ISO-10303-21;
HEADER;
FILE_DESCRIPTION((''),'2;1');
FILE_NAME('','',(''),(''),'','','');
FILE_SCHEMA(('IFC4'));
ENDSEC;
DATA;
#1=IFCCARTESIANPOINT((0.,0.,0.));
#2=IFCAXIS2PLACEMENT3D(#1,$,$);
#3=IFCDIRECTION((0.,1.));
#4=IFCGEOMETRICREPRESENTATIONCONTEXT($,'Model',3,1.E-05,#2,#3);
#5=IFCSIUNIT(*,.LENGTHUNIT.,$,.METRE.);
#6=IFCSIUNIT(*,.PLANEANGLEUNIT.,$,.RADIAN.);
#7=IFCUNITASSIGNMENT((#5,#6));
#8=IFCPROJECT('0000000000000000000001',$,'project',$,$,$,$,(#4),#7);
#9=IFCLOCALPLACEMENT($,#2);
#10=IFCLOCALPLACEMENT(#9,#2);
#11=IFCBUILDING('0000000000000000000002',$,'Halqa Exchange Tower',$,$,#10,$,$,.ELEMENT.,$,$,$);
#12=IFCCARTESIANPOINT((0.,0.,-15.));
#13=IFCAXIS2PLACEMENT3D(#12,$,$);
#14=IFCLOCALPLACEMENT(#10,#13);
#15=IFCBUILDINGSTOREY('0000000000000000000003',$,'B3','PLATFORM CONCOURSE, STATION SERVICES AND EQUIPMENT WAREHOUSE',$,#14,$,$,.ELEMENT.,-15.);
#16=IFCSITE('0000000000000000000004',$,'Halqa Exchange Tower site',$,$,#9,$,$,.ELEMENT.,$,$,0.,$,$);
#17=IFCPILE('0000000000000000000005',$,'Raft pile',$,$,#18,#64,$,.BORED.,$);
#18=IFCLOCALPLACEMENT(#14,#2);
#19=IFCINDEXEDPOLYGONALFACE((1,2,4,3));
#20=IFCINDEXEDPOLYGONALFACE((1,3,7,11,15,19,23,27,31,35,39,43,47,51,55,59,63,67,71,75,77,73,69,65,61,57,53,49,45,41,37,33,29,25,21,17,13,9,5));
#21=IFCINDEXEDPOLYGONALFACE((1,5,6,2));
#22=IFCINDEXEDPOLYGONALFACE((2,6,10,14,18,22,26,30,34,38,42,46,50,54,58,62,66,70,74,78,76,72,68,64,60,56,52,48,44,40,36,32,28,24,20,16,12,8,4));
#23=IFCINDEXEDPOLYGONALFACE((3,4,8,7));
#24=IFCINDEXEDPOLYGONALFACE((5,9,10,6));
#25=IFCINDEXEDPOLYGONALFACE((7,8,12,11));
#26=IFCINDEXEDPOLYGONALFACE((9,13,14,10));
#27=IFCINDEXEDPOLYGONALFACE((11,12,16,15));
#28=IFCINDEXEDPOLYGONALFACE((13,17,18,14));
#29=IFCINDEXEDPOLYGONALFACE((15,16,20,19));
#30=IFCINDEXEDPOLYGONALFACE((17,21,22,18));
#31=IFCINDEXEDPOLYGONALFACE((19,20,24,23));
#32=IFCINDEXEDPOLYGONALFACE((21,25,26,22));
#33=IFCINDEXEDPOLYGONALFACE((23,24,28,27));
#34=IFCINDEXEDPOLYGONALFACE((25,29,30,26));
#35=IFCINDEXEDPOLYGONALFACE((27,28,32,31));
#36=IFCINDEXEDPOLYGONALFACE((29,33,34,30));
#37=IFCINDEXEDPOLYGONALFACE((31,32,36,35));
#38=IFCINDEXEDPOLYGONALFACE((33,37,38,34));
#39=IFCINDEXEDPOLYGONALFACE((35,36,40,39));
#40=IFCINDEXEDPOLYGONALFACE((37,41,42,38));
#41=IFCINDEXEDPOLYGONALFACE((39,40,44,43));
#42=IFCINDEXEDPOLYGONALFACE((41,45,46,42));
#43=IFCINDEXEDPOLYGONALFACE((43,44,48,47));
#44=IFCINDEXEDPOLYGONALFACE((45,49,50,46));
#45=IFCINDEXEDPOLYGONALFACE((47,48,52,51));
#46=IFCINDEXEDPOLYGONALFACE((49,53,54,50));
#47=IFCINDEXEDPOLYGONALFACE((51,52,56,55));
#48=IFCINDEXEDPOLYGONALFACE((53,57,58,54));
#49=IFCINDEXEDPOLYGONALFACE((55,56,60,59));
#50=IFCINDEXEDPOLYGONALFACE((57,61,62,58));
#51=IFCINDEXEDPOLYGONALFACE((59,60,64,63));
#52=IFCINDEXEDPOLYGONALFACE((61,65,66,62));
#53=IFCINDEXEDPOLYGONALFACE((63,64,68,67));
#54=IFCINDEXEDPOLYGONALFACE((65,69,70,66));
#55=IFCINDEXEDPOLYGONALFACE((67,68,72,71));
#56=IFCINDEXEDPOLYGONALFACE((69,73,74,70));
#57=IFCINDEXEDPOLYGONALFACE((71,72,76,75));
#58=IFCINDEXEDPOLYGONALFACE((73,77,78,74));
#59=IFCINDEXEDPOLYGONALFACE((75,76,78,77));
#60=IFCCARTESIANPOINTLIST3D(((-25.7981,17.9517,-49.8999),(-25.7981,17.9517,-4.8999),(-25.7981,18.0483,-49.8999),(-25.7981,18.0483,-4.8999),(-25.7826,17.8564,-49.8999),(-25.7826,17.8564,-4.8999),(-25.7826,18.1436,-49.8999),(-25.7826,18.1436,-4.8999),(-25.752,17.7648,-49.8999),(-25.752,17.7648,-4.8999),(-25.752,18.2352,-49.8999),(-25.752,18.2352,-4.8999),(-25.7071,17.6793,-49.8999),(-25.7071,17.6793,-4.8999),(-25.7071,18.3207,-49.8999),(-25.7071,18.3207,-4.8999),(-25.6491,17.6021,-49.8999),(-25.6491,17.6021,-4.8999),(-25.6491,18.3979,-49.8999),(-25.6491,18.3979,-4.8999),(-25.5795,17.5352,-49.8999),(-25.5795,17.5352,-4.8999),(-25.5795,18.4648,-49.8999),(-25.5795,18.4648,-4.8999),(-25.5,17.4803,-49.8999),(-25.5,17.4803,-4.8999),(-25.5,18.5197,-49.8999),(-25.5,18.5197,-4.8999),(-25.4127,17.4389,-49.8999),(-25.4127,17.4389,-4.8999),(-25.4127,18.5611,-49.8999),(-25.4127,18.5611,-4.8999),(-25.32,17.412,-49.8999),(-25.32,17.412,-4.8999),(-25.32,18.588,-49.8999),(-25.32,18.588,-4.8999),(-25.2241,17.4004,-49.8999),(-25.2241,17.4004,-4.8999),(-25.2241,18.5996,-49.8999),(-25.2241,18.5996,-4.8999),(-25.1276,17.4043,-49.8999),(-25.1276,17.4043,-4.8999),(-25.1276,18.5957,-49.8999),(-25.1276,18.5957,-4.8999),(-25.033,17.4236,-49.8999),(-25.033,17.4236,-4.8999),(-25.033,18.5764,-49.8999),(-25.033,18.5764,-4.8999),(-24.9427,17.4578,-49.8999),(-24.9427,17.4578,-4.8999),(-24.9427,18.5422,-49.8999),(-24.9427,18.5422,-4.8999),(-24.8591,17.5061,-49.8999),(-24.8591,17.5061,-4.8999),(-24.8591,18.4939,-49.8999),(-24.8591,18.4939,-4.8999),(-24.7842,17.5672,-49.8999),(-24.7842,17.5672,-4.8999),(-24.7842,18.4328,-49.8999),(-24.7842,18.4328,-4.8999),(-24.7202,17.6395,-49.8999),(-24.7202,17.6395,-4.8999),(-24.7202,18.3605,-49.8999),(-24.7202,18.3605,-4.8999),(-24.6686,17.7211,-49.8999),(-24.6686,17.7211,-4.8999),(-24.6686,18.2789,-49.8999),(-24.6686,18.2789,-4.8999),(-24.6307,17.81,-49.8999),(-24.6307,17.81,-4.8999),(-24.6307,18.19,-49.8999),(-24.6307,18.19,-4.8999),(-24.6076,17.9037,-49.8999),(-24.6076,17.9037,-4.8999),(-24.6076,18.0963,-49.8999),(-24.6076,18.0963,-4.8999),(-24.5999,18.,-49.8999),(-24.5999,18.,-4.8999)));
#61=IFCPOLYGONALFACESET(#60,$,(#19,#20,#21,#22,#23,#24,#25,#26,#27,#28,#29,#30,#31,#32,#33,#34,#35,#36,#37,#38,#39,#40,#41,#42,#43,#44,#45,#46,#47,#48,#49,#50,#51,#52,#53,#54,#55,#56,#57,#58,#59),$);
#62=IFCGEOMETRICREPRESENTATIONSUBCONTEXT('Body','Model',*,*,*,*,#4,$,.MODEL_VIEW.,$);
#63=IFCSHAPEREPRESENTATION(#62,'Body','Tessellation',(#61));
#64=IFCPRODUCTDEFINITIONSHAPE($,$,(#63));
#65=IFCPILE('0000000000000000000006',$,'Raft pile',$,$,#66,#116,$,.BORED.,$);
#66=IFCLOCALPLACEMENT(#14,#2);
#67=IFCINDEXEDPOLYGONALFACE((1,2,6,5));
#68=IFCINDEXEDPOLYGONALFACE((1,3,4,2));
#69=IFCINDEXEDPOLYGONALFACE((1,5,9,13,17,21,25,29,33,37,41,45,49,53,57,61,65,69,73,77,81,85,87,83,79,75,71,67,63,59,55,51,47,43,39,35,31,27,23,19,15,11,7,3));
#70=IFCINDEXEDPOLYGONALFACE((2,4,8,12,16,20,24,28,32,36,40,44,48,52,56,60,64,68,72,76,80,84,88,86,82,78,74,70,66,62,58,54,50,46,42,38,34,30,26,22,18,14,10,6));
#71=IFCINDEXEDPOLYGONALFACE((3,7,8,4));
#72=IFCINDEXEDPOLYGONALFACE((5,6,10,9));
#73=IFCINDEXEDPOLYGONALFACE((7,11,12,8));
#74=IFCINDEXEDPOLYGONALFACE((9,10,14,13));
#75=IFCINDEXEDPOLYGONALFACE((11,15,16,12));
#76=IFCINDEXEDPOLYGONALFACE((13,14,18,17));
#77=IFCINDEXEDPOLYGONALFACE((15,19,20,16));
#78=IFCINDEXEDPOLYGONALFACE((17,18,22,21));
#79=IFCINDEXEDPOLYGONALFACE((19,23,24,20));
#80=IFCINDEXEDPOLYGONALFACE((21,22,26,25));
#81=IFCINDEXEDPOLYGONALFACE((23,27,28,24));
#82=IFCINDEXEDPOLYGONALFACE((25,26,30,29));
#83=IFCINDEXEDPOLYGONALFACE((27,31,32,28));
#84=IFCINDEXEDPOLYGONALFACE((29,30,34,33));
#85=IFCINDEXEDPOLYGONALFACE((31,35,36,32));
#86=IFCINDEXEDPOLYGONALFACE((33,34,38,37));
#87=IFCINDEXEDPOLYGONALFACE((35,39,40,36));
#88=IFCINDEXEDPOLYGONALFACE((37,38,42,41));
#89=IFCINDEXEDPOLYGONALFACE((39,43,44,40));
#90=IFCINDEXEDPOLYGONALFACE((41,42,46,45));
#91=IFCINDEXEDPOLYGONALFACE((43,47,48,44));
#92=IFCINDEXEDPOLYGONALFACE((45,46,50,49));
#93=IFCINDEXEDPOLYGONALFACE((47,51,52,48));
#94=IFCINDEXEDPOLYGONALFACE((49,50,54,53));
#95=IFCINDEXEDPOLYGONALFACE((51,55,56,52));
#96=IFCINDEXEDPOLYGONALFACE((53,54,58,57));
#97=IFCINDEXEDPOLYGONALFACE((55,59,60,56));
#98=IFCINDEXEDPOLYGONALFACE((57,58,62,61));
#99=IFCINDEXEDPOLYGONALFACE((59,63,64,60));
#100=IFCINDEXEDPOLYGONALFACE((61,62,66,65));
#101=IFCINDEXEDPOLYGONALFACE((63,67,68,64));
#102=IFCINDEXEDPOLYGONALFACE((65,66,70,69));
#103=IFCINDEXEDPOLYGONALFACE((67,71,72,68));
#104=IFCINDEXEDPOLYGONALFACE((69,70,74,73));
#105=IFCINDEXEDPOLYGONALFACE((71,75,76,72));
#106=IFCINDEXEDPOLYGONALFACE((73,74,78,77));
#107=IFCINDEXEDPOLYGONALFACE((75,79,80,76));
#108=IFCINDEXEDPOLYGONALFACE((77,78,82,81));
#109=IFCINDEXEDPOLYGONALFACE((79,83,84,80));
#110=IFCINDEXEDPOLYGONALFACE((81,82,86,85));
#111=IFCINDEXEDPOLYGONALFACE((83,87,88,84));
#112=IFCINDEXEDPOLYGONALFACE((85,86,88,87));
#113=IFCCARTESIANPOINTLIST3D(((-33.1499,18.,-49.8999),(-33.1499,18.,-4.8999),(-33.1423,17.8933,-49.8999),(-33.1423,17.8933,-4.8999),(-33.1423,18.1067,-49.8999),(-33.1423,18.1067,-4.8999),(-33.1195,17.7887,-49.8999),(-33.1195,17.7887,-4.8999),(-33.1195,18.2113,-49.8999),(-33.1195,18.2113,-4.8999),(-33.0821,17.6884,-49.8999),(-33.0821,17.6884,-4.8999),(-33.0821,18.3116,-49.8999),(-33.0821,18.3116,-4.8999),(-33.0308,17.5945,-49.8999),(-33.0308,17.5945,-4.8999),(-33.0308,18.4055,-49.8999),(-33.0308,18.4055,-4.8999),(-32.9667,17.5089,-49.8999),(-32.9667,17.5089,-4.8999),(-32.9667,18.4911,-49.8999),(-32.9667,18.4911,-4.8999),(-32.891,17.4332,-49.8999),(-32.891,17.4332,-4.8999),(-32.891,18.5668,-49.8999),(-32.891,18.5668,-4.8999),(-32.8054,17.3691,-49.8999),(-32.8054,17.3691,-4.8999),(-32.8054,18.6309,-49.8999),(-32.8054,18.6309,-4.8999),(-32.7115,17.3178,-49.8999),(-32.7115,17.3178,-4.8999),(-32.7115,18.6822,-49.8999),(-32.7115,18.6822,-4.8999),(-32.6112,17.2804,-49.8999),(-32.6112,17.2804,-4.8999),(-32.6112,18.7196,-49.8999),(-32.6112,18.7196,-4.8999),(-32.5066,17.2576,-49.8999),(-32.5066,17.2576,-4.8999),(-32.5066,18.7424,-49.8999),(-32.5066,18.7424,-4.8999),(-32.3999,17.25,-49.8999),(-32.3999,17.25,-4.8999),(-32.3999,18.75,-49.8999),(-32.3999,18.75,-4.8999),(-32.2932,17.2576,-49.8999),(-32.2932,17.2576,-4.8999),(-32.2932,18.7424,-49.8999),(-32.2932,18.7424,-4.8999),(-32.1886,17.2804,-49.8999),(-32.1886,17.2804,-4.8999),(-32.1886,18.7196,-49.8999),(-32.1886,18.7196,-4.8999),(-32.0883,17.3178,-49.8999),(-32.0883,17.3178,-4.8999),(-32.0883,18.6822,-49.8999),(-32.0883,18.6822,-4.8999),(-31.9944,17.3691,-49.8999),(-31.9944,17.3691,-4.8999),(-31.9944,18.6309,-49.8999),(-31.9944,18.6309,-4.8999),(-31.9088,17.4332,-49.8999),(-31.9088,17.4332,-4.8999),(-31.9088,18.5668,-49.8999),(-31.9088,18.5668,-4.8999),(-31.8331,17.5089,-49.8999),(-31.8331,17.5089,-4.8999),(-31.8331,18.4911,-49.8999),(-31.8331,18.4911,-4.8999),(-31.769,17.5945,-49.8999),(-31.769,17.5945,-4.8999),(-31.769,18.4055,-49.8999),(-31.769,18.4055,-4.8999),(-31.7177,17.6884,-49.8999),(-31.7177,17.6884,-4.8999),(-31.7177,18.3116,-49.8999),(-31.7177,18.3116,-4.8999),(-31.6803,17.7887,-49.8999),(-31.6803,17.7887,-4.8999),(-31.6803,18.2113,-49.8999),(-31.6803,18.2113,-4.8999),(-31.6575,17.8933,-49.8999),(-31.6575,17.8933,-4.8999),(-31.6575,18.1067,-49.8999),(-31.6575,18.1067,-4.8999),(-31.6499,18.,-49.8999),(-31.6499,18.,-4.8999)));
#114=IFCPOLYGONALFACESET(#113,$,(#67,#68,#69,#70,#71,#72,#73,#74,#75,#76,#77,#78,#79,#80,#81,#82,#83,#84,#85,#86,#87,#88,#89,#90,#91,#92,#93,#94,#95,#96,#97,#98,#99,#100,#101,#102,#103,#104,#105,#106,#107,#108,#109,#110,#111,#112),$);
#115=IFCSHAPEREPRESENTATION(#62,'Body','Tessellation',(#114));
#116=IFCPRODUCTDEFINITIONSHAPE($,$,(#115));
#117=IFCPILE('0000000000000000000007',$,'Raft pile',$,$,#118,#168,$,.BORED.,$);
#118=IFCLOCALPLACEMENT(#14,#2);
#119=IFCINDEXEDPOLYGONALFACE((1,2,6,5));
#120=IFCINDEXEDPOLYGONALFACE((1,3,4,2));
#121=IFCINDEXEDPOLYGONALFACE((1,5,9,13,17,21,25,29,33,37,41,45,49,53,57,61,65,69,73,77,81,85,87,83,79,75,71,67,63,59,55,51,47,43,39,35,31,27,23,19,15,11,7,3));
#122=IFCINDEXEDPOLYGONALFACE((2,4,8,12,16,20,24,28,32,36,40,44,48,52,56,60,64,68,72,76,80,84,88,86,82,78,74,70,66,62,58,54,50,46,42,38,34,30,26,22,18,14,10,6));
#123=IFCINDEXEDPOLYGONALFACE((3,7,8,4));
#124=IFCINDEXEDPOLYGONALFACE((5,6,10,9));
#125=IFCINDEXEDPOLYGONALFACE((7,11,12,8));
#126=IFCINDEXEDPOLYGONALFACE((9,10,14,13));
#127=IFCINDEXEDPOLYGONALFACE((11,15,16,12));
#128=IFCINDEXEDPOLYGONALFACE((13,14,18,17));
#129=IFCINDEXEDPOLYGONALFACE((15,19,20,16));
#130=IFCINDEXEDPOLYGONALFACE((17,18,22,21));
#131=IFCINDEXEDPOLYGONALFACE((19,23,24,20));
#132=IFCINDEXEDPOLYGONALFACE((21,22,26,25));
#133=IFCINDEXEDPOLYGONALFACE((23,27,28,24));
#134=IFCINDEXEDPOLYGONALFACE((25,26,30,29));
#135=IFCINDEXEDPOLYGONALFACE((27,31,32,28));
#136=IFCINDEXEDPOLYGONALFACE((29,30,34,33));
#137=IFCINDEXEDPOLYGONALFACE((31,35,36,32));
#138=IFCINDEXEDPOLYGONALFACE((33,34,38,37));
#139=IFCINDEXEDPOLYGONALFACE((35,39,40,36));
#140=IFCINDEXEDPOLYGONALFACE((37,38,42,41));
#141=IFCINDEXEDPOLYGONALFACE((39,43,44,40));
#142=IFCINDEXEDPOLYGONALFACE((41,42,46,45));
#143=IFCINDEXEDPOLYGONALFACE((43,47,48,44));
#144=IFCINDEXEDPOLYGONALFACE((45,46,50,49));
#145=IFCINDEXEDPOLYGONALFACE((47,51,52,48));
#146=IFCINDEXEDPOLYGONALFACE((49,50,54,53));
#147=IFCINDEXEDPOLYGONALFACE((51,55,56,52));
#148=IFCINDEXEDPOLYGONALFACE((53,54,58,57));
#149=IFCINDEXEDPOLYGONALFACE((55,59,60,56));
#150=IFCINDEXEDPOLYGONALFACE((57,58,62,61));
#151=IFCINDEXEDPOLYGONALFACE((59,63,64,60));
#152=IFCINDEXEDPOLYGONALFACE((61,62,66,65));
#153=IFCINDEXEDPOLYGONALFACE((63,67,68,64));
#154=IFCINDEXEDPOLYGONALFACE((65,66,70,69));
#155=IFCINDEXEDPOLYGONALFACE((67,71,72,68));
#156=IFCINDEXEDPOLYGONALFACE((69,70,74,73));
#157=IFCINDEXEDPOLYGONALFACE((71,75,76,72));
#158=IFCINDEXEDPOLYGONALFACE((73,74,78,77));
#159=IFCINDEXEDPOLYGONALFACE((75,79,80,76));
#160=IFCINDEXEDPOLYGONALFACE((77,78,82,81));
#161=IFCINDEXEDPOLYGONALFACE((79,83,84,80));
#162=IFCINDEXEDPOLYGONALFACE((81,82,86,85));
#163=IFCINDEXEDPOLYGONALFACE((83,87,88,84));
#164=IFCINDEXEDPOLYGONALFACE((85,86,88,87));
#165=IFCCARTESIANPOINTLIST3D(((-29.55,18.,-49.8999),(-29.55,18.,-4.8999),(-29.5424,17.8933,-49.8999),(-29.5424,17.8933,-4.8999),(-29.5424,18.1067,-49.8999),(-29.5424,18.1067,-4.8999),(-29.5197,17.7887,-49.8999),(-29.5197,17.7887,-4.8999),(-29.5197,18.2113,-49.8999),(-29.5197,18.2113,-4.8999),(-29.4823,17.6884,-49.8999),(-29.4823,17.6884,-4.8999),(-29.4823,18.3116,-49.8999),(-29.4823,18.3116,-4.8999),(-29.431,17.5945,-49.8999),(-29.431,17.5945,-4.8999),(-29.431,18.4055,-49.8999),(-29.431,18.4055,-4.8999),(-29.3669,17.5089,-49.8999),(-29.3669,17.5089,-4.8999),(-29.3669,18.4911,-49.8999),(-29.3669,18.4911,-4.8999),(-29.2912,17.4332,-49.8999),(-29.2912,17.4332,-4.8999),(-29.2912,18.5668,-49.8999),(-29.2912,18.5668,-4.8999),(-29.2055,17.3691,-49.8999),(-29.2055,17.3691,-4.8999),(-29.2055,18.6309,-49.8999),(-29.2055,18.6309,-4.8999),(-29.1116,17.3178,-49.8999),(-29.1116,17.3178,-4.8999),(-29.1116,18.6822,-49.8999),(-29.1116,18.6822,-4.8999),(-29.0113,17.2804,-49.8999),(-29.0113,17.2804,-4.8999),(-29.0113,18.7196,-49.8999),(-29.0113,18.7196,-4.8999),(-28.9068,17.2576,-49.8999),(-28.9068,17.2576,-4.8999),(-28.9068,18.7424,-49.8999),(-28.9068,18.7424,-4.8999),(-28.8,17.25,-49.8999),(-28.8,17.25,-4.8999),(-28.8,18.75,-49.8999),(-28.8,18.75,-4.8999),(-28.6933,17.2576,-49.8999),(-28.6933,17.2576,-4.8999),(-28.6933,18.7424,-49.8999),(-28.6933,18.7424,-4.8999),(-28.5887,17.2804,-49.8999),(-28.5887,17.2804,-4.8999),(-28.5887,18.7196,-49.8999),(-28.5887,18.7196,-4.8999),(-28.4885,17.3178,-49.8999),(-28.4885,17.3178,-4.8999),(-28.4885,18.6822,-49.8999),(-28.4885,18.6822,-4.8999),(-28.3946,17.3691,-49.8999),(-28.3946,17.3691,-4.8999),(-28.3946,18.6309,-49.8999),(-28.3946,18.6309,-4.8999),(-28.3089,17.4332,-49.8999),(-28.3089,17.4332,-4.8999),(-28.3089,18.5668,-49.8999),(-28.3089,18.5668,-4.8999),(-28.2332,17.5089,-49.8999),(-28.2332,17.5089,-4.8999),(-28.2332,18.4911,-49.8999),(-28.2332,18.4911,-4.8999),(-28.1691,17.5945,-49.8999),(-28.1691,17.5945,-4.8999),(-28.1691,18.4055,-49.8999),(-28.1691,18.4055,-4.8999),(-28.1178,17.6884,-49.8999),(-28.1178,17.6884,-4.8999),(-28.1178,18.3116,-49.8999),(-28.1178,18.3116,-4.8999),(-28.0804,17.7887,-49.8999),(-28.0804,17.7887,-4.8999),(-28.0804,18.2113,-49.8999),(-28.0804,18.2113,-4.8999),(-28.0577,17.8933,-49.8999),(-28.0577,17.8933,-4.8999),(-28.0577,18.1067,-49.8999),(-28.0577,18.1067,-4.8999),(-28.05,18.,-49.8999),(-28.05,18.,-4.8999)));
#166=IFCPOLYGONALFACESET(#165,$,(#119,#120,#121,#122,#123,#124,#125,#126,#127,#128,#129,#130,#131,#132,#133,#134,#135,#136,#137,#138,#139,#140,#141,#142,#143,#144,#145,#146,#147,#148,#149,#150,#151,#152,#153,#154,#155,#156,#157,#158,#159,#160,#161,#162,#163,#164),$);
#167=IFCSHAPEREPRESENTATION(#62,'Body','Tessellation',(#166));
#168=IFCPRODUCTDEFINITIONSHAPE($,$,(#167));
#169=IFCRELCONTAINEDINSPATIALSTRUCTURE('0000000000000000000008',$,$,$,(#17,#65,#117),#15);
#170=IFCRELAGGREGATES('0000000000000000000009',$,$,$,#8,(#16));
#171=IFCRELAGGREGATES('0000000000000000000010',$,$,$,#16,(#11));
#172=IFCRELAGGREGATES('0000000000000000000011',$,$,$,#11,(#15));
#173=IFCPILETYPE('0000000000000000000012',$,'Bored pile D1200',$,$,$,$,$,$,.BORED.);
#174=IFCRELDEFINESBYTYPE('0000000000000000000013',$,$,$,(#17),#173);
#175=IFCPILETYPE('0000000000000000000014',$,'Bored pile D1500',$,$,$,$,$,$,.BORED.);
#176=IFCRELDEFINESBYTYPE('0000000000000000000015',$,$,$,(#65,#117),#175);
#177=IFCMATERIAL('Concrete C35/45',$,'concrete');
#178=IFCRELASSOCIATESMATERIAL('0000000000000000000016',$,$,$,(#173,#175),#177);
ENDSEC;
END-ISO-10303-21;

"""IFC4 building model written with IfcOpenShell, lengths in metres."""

from ifc_helpers import new_model, si_unit, direction, frame, origin, origin_2d, place, context, subcontext, project, spatial, circle, extrude, material, material_profile, profile_set, type_object, element, save


model = new_model("IFC4")

# Units and contexts
model_context = context("Model", 3, precision=1e-05, world=origin(), true_north=direction((0.0, 1.0)))
body_context = subcontext(model_context, "Body", "Model", "MODEL_VIEW")
ifc_project = project(units=[si_unit("LENGTHUNIT", "METRE"), si_unit("PLANEANGLEUNIT", "RADIAN")], contexts=[model_context])

# Site, building, storey
site_placement = place(None, origin())
site = spatial("IfcSite", under=ifc_project, at=site_placement, Name="Halqa Exchange Tower site", CompositionType="ELEMENT", RefElevation=0.0)
building_placement = place(site_placement, origin())
building = spatial("IfcBuilding", under=site, at=building_placement, Name="Halqa Exchange Tower", CompositionType="ELEMENT")
storey_placement = place(building_placement, frame((0.0, 0.0, -15.0)))
storey = spatial("IfcBuildingStorey", under=building, at=storey_placement, Name="B3", Description="PLATFORM CONCOURSE, STATION SERVICES AND EQUIPMENT WAREHOUSE", CompositionType="ELEMENT", Elevation=-15.0)

# Piles
ifc_material_1 = material(Name="Concrete C35/45", Category="concrete")
ifc_material_profile_1 = material_profile(ifc_material_1, circle(Radius=0.6001, at=origin_2d()), Name="D1200")
ifc_profile_set_1 = profile_set([ifc_material_profile_1], Name="Concrete C35/45")
pile_type_1 = type_object("IfcPileType", Name="Bored pile D1200", PredefinedType="BORED", material=ifc_profile_set_1)
pile_placement = place(storey_placement, frame((-25.2, 18.0, -4.8999), z_axis=(0.0, 0.0, -1.0), x_axis=(1.0, 0.0, 0.0)))
element("IfcPile", 1, at=pile_placement, inside=storey, type_object=pile_type_1, Name="Raft pile", PredefinedType="BORED", context=body_context, shape_type="SweptSolid", body=[
    extrude(circle(Radius=0.6001, at=origin_2d()), origin(), (0.0, 0.0, 1.0), 45.0),
])
ifc_material_profile_2 = material_profile(ifc_material_1, circle(Radius=0.75, at=origin_2d()), Name="D1500")
ifc_profile_set_2 = profile_set([ifc_material_profile_2], Name="Concrete C35/45")
pile_type_2 = type_object("IfcPileType", Name="Bored pile D1500", PredefinedType="BORED", material=ifc_profile_set_2)
for number, where, z_axis, x_axis, name in (
    (2, (-32.3999, 18.0, -4.8999), (0.0, 0.0, -1.0), (1.0, 0.0, 0.0), "Raft pile"),
    (3, (-28.8, 18.0, -4.8999), (0.0, 0.0, -1.0), (1.0, 0.0, 0.0), "Raft pile"),
):
    element("IfcPile", number, at=place(storey_placement, frame(where, z_axis=z_axis, x_axis=x_axis)), inside=storey, type_object=pile_type_2, Name=name, PredefinedType="BORED", context=body_context, shape_type="SweptSolid", body=[
        extrude(circle(Radius=0.75, at=origin_2d()), origin(), (0.0, 0.0, 1.0), 45.0),
    ])

save(model, "model.ifc")
